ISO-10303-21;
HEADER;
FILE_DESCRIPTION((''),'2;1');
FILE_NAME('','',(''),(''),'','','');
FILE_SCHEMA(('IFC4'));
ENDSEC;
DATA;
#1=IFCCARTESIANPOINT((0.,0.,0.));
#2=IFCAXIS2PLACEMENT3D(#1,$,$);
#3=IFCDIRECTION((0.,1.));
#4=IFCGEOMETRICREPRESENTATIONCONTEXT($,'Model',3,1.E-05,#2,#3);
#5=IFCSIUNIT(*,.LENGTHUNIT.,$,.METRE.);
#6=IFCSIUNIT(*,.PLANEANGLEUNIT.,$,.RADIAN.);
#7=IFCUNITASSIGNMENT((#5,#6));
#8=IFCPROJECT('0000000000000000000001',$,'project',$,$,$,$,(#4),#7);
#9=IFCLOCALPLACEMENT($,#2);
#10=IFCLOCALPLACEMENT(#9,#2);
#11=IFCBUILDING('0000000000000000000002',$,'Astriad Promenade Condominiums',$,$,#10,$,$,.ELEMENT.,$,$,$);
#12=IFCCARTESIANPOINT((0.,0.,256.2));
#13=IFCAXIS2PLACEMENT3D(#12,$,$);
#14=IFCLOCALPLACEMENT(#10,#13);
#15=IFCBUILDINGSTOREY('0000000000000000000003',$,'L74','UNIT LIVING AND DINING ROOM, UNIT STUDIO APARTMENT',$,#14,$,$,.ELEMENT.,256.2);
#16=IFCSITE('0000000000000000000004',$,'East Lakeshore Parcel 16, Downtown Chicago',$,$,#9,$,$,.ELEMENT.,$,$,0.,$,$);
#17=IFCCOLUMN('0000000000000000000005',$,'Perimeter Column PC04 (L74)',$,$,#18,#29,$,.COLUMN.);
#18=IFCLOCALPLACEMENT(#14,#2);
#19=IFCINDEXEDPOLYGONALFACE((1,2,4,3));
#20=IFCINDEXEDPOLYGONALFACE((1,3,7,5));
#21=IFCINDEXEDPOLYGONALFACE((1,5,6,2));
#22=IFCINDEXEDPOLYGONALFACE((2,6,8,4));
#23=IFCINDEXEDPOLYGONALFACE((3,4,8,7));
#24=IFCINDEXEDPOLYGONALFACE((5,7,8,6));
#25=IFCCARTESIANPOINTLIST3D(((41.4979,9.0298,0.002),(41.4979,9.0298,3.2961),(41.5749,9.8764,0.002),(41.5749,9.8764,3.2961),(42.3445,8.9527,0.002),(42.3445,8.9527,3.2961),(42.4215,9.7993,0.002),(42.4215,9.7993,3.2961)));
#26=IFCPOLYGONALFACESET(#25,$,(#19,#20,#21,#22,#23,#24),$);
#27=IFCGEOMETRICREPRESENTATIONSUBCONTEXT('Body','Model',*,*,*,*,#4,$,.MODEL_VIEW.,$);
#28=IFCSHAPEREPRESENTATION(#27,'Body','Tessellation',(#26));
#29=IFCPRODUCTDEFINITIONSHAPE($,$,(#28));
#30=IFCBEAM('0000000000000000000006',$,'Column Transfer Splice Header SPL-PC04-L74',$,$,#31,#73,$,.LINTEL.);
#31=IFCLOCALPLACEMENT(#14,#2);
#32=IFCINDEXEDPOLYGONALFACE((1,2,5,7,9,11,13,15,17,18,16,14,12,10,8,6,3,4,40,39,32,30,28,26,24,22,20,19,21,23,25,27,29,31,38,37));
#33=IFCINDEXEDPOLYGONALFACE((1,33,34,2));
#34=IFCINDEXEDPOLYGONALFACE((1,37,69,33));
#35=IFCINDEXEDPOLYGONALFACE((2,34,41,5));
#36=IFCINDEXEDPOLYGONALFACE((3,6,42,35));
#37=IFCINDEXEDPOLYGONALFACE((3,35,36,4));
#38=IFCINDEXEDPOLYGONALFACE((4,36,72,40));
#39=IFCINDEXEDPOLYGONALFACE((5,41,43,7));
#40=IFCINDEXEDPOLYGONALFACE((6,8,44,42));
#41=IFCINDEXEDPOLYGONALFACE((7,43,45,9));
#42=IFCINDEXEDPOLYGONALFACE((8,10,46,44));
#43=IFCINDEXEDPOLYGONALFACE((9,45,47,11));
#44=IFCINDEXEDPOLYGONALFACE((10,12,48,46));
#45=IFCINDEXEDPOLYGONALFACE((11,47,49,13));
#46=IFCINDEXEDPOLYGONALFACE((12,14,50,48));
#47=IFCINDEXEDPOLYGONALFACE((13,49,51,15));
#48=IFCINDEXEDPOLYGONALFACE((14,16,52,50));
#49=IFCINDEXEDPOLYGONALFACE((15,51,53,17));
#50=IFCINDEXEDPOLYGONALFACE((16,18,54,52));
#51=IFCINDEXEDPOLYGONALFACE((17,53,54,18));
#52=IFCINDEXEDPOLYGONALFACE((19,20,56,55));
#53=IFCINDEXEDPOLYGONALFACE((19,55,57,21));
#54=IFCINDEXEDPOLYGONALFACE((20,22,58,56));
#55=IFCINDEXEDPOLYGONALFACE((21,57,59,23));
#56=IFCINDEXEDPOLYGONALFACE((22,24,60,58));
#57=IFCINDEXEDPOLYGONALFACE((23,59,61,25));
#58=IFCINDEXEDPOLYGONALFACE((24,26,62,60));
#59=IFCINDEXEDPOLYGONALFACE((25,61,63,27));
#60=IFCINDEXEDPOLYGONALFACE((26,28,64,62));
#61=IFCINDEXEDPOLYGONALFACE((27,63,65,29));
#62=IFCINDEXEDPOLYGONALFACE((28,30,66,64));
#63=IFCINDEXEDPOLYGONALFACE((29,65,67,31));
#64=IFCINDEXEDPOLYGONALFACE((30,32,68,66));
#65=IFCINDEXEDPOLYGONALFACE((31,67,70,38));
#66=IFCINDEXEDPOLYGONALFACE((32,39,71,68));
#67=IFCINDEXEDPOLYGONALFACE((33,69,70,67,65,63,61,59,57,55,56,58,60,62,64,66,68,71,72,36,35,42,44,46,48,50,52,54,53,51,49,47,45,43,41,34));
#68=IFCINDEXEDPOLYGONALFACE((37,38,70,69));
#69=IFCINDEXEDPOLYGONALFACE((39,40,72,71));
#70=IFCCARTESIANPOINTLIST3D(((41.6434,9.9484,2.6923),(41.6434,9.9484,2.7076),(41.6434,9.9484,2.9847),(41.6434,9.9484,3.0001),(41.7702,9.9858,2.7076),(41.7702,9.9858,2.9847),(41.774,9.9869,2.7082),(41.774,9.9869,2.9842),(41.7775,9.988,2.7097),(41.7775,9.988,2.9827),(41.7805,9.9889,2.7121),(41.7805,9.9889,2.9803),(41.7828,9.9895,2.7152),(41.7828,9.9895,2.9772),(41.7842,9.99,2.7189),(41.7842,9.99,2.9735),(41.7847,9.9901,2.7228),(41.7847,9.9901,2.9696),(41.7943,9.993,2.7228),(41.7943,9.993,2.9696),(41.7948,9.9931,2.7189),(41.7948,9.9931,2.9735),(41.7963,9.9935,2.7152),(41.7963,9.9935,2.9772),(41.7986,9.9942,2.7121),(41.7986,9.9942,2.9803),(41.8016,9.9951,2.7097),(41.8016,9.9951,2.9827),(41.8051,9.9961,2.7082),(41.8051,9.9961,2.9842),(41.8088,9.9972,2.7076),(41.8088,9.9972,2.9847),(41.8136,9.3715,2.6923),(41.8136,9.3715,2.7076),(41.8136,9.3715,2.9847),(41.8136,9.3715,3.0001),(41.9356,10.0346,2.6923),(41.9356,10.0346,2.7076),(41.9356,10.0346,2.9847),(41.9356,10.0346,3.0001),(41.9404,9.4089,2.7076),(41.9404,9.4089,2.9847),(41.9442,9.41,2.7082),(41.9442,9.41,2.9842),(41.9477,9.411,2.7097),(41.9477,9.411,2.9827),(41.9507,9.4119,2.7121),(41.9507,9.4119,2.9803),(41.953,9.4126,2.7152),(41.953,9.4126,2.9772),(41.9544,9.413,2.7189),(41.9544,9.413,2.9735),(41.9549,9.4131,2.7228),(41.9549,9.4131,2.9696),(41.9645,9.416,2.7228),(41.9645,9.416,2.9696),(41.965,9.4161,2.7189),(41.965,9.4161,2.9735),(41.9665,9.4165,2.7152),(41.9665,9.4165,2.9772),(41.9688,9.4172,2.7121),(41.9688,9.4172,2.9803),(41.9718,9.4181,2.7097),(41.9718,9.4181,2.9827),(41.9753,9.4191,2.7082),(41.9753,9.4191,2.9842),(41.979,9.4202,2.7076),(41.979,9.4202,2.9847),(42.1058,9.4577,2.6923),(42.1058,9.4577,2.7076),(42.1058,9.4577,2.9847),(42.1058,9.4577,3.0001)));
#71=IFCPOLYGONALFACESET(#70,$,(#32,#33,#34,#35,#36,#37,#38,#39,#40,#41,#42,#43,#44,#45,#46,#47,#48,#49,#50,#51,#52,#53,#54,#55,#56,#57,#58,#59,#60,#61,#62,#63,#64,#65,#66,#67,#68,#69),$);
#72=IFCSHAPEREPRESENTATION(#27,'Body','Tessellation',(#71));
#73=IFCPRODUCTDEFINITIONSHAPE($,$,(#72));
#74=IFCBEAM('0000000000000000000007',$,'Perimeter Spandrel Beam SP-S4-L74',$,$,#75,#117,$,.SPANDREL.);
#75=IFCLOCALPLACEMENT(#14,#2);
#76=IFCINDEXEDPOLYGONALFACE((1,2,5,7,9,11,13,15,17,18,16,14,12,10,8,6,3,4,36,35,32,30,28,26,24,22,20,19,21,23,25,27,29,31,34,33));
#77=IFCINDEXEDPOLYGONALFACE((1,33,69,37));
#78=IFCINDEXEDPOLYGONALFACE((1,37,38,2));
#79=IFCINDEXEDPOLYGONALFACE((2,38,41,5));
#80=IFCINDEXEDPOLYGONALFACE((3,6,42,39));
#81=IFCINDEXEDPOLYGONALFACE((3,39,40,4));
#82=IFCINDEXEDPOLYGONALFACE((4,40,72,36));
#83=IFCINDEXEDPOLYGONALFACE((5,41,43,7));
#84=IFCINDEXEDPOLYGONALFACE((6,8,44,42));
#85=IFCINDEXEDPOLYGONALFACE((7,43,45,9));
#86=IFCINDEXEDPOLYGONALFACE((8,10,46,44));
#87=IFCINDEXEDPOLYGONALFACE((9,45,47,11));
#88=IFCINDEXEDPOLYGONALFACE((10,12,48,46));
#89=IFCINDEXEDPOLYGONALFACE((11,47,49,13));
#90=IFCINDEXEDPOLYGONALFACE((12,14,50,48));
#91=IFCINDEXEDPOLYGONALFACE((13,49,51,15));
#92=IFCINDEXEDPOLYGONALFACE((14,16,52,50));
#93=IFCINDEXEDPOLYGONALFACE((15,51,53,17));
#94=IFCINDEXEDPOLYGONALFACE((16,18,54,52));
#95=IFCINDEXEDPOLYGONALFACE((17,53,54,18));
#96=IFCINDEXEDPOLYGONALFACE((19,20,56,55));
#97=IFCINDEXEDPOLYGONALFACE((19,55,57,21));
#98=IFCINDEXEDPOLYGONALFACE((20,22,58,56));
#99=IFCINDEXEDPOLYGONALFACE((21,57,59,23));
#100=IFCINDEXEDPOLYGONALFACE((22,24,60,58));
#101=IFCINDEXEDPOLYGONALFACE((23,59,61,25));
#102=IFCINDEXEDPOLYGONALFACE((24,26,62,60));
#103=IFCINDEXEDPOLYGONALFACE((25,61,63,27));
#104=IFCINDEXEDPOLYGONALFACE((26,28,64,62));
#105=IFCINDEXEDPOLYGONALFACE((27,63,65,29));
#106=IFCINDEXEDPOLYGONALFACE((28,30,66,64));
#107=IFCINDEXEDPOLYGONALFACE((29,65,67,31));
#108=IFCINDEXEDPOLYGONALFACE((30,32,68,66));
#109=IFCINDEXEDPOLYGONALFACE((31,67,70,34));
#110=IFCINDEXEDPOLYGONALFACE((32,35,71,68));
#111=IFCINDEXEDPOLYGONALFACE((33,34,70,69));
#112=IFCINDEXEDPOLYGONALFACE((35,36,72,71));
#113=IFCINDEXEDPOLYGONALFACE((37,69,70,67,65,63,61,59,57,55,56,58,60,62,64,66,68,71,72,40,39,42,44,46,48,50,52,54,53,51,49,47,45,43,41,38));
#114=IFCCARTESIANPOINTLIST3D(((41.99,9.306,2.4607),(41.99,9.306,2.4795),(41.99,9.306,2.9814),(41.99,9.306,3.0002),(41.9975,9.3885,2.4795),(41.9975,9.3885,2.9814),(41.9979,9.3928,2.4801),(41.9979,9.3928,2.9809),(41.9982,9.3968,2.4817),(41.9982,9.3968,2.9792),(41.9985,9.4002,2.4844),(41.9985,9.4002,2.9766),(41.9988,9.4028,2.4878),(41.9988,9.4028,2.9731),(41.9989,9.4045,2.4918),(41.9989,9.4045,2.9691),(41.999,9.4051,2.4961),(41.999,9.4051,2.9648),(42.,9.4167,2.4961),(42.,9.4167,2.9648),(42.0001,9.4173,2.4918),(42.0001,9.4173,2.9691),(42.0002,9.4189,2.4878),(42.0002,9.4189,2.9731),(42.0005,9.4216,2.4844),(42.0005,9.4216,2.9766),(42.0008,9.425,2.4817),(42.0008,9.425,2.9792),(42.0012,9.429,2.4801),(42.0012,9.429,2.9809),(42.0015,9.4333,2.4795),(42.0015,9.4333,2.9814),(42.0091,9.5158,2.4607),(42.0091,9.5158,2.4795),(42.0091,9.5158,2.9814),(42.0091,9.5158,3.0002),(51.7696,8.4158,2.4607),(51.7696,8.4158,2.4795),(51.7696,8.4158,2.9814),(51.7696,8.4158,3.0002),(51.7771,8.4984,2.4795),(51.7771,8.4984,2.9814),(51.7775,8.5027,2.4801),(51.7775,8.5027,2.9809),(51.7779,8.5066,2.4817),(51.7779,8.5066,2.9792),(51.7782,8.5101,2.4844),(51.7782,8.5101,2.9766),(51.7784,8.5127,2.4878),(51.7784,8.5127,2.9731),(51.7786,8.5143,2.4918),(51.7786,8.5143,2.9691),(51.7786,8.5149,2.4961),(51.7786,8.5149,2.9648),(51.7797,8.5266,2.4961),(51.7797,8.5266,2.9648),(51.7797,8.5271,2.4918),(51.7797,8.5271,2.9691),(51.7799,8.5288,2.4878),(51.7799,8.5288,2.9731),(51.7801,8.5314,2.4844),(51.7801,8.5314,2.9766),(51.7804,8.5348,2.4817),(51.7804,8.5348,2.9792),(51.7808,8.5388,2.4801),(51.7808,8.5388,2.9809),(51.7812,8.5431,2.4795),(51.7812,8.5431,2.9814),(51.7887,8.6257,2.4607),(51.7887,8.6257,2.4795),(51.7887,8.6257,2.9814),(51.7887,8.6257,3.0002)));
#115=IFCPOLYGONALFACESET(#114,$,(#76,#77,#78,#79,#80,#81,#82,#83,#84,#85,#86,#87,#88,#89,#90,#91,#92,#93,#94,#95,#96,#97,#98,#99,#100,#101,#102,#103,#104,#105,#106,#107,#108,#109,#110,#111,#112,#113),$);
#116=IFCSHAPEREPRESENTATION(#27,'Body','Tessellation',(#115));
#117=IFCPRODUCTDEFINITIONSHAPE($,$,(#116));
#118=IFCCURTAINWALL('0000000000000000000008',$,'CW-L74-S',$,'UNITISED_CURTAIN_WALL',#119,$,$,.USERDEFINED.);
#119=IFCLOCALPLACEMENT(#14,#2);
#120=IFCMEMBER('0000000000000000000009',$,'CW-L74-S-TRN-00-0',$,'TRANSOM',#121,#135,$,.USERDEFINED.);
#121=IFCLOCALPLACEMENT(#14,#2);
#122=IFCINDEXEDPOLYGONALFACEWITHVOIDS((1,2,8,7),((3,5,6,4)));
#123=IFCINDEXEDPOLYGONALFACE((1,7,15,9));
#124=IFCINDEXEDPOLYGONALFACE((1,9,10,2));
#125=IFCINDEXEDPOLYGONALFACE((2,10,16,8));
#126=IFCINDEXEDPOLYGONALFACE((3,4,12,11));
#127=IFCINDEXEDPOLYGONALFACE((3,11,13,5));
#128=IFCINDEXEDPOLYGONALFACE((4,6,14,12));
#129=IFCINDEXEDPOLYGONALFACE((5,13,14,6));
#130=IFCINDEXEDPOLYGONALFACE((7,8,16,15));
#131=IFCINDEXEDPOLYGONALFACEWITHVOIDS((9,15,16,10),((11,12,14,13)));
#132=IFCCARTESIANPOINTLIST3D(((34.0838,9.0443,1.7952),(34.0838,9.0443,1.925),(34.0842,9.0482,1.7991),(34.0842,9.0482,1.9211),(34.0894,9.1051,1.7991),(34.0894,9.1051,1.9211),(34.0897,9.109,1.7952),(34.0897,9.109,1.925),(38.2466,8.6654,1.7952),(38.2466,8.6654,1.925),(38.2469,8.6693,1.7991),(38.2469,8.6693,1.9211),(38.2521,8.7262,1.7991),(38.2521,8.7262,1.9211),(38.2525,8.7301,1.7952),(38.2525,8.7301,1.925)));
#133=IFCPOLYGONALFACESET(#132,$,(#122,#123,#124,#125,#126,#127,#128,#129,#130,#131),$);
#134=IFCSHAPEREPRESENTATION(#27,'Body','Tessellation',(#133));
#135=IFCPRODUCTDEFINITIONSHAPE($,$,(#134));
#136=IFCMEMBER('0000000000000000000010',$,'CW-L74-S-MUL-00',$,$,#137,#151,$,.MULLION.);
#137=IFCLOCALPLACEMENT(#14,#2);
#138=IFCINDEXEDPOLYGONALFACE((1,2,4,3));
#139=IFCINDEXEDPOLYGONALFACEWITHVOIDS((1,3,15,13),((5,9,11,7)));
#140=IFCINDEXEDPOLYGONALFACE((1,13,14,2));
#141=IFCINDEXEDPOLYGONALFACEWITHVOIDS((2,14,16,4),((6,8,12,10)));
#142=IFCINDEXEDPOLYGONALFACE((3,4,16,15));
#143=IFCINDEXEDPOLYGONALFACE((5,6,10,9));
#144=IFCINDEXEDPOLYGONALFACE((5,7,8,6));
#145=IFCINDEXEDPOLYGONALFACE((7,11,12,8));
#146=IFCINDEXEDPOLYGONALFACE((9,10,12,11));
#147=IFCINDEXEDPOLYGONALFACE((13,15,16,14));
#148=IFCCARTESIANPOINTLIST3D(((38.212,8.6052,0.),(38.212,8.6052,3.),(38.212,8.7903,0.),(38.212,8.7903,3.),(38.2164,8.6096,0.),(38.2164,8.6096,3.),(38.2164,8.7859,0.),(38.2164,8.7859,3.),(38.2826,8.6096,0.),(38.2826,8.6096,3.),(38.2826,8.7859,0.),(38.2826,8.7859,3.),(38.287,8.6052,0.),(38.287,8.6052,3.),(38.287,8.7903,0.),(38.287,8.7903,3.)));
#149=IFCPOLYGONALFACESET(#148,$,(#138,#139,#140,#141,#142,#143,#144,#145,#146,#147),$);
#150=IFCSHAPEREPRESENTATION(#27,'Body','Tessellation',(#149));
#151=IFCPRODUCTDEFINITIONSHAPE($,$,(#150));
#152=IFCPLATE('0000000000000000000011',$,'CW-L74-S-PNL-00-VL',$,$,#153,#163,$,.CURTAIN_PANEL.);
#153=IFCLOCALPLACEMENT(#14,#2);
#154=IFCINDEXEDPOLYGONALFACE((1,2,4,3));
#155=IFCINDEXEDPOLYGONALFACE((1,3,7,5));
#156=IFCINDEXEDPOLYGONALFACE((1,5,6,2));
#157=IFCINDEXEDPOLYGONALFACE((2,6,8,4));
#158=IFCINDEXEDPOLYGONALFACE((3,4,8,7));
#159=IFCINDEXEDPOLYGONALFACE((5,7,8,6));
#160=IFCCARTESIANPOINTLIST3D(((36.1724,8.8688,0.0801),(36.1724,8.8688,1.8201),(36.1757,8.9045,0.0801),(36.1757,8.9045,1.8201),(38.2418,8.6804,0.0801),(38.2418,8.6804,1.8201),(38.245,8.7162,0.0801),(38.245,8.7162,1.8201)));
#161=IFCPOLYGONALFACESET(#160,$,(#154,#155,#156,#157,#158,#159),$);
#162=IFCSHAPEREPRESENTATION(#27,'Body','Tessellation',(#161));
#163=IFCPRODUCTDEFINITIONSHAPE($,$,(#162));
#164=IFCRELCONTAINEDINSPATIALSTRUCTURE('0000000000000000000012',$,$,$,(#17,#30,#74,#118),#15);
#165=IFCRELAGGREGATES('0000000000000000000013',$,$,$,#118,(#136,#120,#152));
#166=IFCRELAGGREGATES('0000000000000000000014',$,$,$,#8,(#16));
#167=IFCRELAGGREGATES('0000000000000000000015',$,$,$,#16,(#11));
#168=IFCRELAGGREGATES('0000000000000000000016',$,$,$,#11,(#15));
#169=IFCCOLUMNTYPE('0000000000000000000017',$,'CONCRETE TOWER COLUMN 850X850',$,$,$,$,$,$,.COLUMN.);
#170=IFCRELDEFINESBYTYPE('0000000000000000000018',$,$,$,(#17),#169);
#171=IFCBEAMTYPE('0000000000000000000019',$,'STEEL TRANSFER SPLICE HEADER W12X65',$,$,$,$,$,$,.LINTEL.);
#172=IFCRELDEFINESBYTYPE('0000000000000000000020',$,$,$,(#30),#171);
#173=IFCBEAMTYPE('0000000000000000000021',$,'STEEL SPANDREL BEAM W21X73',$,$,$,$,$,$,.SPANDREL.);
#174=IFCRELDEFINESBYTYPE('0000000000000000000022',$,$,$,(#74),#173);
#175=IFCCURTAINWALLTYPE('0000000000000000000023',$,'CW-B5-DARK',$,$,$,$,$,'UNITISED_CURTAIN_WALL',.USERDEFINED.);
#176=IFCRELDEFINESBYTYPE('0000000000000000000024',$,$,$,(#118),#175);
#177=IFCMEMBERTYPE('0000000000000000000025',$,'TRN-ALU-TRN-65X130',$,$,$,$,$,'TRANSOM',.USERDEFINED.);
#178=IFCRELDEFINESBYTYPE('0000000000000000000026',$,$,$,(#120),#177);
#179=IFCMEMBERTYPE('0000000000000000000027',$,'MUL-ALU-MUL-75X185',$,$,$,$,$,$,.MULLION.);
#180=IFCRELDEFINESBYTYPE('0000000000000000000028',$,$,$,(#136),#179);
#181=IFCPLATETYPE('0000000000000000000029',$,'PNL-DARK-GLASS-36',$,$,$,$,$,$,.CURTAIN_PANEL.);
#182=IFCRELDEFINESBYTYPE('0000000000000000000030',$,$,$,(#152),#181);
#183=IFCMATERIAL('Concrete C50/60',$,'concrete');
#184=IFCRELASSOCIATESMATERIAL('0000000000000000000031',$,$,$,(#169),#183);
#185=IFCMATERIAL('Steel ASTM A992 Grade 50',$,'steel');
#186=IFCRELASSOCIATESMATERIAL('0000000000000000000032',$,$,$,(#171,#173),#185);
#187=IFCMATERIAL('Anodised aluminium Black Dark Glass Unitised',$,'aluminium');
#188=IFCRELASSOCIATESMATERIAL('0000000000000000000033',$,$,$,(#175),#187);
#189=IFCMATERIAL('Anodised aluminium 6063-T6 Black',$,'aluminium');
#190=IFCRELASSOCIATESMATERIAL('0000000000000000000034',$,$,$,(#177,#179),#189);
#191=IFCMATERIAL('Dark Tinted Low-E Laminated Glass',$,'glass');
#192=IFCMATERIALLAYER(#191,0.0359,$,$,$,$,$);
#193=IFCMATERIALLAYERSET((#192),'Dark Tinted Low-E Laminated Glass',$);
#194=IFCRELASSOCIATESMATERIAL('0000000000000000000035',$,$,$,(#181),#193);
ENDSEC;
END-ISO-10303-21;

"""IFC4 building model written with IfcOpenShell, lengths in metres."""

from ifc_helpers import new_model, si_unit, direction, frame, origin, origin_2d, place, context, subcontext, project, spatial, rectangle, hollow_rectangle, i_section, extrude, source, transform, mapped, material, layer, layer_set, material_profile, profile_set, type_object, type_shapes, element, aggregate, save


model = new_model("IFC4")

# Units and contexts
model_context = context("Model", 3, precision=1e-05, world=origin(), true_north=direction((0.0, 1.0)))
body_context = subcontext(model_context, "Body", "Model", "MODEL_VIEW")
ifc_project = project(units=[si_unit("LENGTHUNIT", "METRE"), si_unit("PLANEANGLEUNIT", "RADIAN")], contexts=[model_context])

# Site, building, storey
site_placement = place(None, origin())
site = spatial("IfcSite", under=ifc_project, at=site_placement, Name="East Lakeshore Parcel 16, Downtown Chicago", CompositionType="ELEMENT", RefElevation=0.0)
building_placement = place(site_placement, origin())
building = spatial("IfcBuilding", under=site, at=building_placement, Name="Astriad Promenade Condominiums", CompositionType="ELEMENT")
storey_placement = place(building_placement, frame((0.0, 0.0, 256.2)))
storey = spatial("IfcBuildingStorey", under=building, at=storey_placement, Name="L74", Description="UNIT LIVING AND DINING ROOM, UNIT STUDIO APARTMENT", CompositionType="ELEMENT", Elevation=256.2)

# Column
ifc_material_1 = material(Name="Concrete C50/60", Category="concrete")
ifc_material_profile_1 = material_profile(ifc_material_1, rectangle(XDim=0.8501, YDim=0.8501, at=origin_2d()), Name="RC-COL-850X850")
ifc_profile_set_1 = profile_set([ifc_material_profile_1], Name="Concrete C50/60")
column_type = type_object("IfcColumnType", Name="CONCRETE TOWER COLUMN 850X850", PredefinedType="COLUMN", material=ifc_profile_set_1)
shared_shape_1 = source(origin(), body_context, "Body", "SweptSolid", [
    extrude(rectangle(XDim=0.8501, YDim=0.8501, at=origin_2d()), origin(), (0.0, 0.0, 1.0), 3.2942),
])
type_shapes(column_type, [shared_shape_1])
column_placement = place(storey_placement, frame((41.9597, 9.4146, 0.002), z_axis=(0.0, 0.0, 1.0), x_axis=(0.995884, -0.090633, 0.0)))
element("IfcColumn", 1, at=column_placement, inside=storey, type_object=column_type, Name="Perimeter Column PC04 (L74)", PredefinedType="COLUMN", context=body_context, shape_type="MappedRepresentation", body=[
    mapped(shared_shape_1, transform((0.0, 0.0, 0.0), scale=1.0)),
])

# Beams
ifc_material_2 = material(Name="Steel ASTM A992 Grade 50", Category="steel")
ifc_material_profile_2 = material_profile(ifc_material_2, i_section(OverallWidth=0.3047, OverallDepth=0.3079, WebThickness=0.01, FlangeThickness=0.0154, FilletRadius=0.0151, at=origin_2d()), Name="W12X65")
ifc_profile_set_2 = profile_set([ifc_material_profile_2], Name="Steel ASTM A992 Grade 50")
beam_type_1 = type_object("IfcBeamType", Name="STEEL TRANSFER SPLICE HEADER W12X65", PredefinedType="LINTEL", material=ifc_profile_set_2)
shared_shape_2 = source(origin(), body_context, "Body", "SweptSolid", [
    extrude(i_section(OverallWidth=0.3047, OverallDepth=0.3079, WebThickness=0.01, FlangeThickness=0.0154, FilletRadius=0.0151, at=origin_2d()), origin(), (0.0, 0.0, 1.0), 0.6016),
])
type_shapes(beam_type_1, [shared_shape_2])
beam_1_placement = place(storey_placement, frame((41.9597, 9.4146, 2.8462), z_axis=(-0.282913, 0.959145, 0.0), x_axis=(-0.959145, -0.282913, 0.0)))
element("IfcBeam", 2, at=beam_1_placement, inside=storey, type_object=beam_type_1, Name="Column Transfer Splice Header SPL-PC04-L74", PredefinedType="LINTEL", context=body_context, shape_type="MappedRepresentation", body=[
    mapped(shared_shape_2, transform((0.0, 0.0, 0.0), scale=1.0)),
])
ifc_material_profile_3 = material_profile(ifc_material_2, i_section(OverallWidth=0.2107, OverallDepth=0.5396, WebThickness=0.0117, FlangeThickness=0.0188, FilletRadius=0.0166, at=origin_2d()), Name="W21X73")
ifc_profile_set_3 = profile_set([ifc_material_profile_3], Name="Steel ASTM A992 Grade 50")
beam_type_2 = type_object("IfcBeamType", Name="STEEL SPANDREL BEAM W21X73", PredefinedType="SPANDREL", material=ifc_profile_set_3)
shared_shape_3 = source(origin(), body_context, "Body", "SweptSolid", [
    extrude(i_section(OverallWidth=0.2107, OverallDepth=0.5396, WebThickness=0.0117, FlangeThickness=0.0188, FilletRadius=0.0166, at=origin_2d()), origin(), (0.0, 0.0, 1.0), 9.8201),
])
type_shapes(beam_type_2, [shared_shape_3])
beam_2_placement = place(storey_placement, frame((41.9995, 9.4109, 2.7305), z_axis=(0.995883, -0.090646, 0.0), x_axis=(0.090646, 0.995883, 0.0)))
element("IfcBeam", 3, at=beam_2_placement, inside=storey, type_object=beam_type_2, Name="Perimeter Spandrel Beam SP-S4-L74", PredefinedType="SPANDREL", context=body_context, shape_type="MappedRepresentation", body=[
    mapped(shared_shape_3, transform((0.0, 0.0, 0.0), scale=1.0)),
])

# Curtain wall, members, plate
ifc_material_3 = material(Name="Anodised aluminium Black Dark Glass Unitised", Category="aluminium")
curtain_wall_type = type_object("IfcCurtainWallType", Name="CW-B5-DARK", ElementType="UNITISED_CURTAIN_WALL", PredefinedType="USERDEFINED", material=ifc_material_3)
curtain_wall_placement = place(storey_placement, origin())
curtain_wall = element("IfcCurtainWall", 4, at=curtain_wall_placement, inside=storey, type_object=curtain_wall_type, Name="CW-L74-S", ObjectType="UNITISED_CURTAIN_WALL", PredefinedType="USERDEFINED")
ifc_material_4 = material(Name="Anodised aluminium 6063-T6 Black", Category="aluminium")
ifc_material_profile_4 = material_profile(ifc_material_4, hollow_rectangle(XDim=0.0649, YDim=0.1299, WallThickness=0.0039, at=origin_2d()), Name="ALU-TRN-65X130")
ifc_profile_set_4 = profile_set([ifc_material_profile_4], Name="Anodised aluminium 6063-T6 Black")
member_type_1 = type_object("IfcMemberType", Name="TRN-ALU-TRN-65X130", ElementType="TRANSOM", PredefinedType="USERDEFINED", material=ifc_profile_set_4)
shared_shape_4 = source(origin(), body_context, "Body", "SweptSolid", [
    extrude(hollow_rectangle(XDim=0.0649, YDim=0.1299, WallThickness=0.0039, at=origin_2d()), origin(), (0.0, 0.0, 1.0), 4.1799),
])
type_shapes(member_type_1, [shared_shape_4])
member_1_placement = place(storey_placement, frame((38.2495, 8.6978, 1.8601), z_axis=(-0.995883, 0.090646, 0.0), x_axis=(-0.090646, -0.995883, 0.0)))
member_1 = element("IfcMember", 5, at=member_1_placement, type_object=member_type_1, Name="CW-L74-S-TRN-00-0", ObjectType="TRANSOM", PredefinedType="USERDEFINED", context=body_context, shape_type="MappedRepresentation", body=[
    mapped(shared_shape_4, transform((0.0, 0.0, 0.0), scale=1.0)),
])
ifc_material_profile_5 = material_profile(ifc_material_4, hollow_rectangle(XDim=0.075, YDim=0.1851, WallThickness=0.0044, at=origin_2d()), Name="ALU-MUL-75X185")
ifc_profile_set_5 = profile_set([ifc_material_profile_5], Name="Anodised aluminium 6063-T6 Black")
member_type_2 = type_object("IfcMemberType", Name="MUL-ALU-MUL-75X185", PredefinedType="MULLION", material=ifc_profile_set_5)
shared_shape_5 = source(origin(), body_context, "Body", "SweptSolid", [
    extrude(hollow_rectangle(XDim=0.075, YDim=0.1851, WallThickness=0.0044, at=origin_2d()), origin(), (0.0, 0.0, 1.0), 3.0),
])
type_shapes(member_type_2, [shared_shape_5])
member_2_placement = place(storey_placement, frame((38.2495, 8.6978, 0.0), z_axis=(0.0, 0.0, 1.0), x_axis=(1.0, 0.0, 0.0)))
member_2 = element("IfcMember", 6, at=member_2_placement, type_object=member_type_2, Name="CW-L74-S-MUL-00", PredefinedType="MULLION", context=body_context, shape_type="MappedRepresentation", body=[
    mapped(shared_shape_5, transform((0.0, 0.0, 0.0), scale=1.0)),
])
ifc_material_5 = material(Name="Dark Tinted Low-E Laminated Glass", Category="glass")
ifc_layer_1 = layer(ifc_material_5, 0.0359)
ifc_layer_set_1 = layer_set([ifc_layer_1], Name="Dark Tinted Low-E Laminated Glass")
plate_type = type_object("IfcPlateType", Name="PNL-DARK-GLASS-36", PredefinedType="CURTAIN_PANEL", material=ifc_layer_set_1)
shared_shape_6 = source(origin(), body_context, "Body", "SweptSolid", [
    extrude(rectangle(XDim=2.0779, YDim=0.0359, at=origin_2d()), origin(), (0.0, 0.0, 1.0), 1.74),
])
type_shapes(plate_type, [shared_shape_6])
plate_placement = place(storey_placement, frame((37.2087, 8.7925, 0.0801), z_axis=(0.0, 0.0, 1.0), x_axis=(-0.995884, 0.090633, 0.0)))
plate = element("IfcPlate", 7, at=plate_placement, type_object=plate_type, Name="CW-L74-S-PNL-00-VL", PredefinedType="CURTAIN_PANEL", context=body_context, shape_type="MappedRepresentation", body=[
    mapped(shared_shape_6, transform((0.0, 0.0, 0.0), scale=1.0)),
])
aggregate(curtain_wall, [member_2, member_1, plate])

save(model, "model.ifc")
